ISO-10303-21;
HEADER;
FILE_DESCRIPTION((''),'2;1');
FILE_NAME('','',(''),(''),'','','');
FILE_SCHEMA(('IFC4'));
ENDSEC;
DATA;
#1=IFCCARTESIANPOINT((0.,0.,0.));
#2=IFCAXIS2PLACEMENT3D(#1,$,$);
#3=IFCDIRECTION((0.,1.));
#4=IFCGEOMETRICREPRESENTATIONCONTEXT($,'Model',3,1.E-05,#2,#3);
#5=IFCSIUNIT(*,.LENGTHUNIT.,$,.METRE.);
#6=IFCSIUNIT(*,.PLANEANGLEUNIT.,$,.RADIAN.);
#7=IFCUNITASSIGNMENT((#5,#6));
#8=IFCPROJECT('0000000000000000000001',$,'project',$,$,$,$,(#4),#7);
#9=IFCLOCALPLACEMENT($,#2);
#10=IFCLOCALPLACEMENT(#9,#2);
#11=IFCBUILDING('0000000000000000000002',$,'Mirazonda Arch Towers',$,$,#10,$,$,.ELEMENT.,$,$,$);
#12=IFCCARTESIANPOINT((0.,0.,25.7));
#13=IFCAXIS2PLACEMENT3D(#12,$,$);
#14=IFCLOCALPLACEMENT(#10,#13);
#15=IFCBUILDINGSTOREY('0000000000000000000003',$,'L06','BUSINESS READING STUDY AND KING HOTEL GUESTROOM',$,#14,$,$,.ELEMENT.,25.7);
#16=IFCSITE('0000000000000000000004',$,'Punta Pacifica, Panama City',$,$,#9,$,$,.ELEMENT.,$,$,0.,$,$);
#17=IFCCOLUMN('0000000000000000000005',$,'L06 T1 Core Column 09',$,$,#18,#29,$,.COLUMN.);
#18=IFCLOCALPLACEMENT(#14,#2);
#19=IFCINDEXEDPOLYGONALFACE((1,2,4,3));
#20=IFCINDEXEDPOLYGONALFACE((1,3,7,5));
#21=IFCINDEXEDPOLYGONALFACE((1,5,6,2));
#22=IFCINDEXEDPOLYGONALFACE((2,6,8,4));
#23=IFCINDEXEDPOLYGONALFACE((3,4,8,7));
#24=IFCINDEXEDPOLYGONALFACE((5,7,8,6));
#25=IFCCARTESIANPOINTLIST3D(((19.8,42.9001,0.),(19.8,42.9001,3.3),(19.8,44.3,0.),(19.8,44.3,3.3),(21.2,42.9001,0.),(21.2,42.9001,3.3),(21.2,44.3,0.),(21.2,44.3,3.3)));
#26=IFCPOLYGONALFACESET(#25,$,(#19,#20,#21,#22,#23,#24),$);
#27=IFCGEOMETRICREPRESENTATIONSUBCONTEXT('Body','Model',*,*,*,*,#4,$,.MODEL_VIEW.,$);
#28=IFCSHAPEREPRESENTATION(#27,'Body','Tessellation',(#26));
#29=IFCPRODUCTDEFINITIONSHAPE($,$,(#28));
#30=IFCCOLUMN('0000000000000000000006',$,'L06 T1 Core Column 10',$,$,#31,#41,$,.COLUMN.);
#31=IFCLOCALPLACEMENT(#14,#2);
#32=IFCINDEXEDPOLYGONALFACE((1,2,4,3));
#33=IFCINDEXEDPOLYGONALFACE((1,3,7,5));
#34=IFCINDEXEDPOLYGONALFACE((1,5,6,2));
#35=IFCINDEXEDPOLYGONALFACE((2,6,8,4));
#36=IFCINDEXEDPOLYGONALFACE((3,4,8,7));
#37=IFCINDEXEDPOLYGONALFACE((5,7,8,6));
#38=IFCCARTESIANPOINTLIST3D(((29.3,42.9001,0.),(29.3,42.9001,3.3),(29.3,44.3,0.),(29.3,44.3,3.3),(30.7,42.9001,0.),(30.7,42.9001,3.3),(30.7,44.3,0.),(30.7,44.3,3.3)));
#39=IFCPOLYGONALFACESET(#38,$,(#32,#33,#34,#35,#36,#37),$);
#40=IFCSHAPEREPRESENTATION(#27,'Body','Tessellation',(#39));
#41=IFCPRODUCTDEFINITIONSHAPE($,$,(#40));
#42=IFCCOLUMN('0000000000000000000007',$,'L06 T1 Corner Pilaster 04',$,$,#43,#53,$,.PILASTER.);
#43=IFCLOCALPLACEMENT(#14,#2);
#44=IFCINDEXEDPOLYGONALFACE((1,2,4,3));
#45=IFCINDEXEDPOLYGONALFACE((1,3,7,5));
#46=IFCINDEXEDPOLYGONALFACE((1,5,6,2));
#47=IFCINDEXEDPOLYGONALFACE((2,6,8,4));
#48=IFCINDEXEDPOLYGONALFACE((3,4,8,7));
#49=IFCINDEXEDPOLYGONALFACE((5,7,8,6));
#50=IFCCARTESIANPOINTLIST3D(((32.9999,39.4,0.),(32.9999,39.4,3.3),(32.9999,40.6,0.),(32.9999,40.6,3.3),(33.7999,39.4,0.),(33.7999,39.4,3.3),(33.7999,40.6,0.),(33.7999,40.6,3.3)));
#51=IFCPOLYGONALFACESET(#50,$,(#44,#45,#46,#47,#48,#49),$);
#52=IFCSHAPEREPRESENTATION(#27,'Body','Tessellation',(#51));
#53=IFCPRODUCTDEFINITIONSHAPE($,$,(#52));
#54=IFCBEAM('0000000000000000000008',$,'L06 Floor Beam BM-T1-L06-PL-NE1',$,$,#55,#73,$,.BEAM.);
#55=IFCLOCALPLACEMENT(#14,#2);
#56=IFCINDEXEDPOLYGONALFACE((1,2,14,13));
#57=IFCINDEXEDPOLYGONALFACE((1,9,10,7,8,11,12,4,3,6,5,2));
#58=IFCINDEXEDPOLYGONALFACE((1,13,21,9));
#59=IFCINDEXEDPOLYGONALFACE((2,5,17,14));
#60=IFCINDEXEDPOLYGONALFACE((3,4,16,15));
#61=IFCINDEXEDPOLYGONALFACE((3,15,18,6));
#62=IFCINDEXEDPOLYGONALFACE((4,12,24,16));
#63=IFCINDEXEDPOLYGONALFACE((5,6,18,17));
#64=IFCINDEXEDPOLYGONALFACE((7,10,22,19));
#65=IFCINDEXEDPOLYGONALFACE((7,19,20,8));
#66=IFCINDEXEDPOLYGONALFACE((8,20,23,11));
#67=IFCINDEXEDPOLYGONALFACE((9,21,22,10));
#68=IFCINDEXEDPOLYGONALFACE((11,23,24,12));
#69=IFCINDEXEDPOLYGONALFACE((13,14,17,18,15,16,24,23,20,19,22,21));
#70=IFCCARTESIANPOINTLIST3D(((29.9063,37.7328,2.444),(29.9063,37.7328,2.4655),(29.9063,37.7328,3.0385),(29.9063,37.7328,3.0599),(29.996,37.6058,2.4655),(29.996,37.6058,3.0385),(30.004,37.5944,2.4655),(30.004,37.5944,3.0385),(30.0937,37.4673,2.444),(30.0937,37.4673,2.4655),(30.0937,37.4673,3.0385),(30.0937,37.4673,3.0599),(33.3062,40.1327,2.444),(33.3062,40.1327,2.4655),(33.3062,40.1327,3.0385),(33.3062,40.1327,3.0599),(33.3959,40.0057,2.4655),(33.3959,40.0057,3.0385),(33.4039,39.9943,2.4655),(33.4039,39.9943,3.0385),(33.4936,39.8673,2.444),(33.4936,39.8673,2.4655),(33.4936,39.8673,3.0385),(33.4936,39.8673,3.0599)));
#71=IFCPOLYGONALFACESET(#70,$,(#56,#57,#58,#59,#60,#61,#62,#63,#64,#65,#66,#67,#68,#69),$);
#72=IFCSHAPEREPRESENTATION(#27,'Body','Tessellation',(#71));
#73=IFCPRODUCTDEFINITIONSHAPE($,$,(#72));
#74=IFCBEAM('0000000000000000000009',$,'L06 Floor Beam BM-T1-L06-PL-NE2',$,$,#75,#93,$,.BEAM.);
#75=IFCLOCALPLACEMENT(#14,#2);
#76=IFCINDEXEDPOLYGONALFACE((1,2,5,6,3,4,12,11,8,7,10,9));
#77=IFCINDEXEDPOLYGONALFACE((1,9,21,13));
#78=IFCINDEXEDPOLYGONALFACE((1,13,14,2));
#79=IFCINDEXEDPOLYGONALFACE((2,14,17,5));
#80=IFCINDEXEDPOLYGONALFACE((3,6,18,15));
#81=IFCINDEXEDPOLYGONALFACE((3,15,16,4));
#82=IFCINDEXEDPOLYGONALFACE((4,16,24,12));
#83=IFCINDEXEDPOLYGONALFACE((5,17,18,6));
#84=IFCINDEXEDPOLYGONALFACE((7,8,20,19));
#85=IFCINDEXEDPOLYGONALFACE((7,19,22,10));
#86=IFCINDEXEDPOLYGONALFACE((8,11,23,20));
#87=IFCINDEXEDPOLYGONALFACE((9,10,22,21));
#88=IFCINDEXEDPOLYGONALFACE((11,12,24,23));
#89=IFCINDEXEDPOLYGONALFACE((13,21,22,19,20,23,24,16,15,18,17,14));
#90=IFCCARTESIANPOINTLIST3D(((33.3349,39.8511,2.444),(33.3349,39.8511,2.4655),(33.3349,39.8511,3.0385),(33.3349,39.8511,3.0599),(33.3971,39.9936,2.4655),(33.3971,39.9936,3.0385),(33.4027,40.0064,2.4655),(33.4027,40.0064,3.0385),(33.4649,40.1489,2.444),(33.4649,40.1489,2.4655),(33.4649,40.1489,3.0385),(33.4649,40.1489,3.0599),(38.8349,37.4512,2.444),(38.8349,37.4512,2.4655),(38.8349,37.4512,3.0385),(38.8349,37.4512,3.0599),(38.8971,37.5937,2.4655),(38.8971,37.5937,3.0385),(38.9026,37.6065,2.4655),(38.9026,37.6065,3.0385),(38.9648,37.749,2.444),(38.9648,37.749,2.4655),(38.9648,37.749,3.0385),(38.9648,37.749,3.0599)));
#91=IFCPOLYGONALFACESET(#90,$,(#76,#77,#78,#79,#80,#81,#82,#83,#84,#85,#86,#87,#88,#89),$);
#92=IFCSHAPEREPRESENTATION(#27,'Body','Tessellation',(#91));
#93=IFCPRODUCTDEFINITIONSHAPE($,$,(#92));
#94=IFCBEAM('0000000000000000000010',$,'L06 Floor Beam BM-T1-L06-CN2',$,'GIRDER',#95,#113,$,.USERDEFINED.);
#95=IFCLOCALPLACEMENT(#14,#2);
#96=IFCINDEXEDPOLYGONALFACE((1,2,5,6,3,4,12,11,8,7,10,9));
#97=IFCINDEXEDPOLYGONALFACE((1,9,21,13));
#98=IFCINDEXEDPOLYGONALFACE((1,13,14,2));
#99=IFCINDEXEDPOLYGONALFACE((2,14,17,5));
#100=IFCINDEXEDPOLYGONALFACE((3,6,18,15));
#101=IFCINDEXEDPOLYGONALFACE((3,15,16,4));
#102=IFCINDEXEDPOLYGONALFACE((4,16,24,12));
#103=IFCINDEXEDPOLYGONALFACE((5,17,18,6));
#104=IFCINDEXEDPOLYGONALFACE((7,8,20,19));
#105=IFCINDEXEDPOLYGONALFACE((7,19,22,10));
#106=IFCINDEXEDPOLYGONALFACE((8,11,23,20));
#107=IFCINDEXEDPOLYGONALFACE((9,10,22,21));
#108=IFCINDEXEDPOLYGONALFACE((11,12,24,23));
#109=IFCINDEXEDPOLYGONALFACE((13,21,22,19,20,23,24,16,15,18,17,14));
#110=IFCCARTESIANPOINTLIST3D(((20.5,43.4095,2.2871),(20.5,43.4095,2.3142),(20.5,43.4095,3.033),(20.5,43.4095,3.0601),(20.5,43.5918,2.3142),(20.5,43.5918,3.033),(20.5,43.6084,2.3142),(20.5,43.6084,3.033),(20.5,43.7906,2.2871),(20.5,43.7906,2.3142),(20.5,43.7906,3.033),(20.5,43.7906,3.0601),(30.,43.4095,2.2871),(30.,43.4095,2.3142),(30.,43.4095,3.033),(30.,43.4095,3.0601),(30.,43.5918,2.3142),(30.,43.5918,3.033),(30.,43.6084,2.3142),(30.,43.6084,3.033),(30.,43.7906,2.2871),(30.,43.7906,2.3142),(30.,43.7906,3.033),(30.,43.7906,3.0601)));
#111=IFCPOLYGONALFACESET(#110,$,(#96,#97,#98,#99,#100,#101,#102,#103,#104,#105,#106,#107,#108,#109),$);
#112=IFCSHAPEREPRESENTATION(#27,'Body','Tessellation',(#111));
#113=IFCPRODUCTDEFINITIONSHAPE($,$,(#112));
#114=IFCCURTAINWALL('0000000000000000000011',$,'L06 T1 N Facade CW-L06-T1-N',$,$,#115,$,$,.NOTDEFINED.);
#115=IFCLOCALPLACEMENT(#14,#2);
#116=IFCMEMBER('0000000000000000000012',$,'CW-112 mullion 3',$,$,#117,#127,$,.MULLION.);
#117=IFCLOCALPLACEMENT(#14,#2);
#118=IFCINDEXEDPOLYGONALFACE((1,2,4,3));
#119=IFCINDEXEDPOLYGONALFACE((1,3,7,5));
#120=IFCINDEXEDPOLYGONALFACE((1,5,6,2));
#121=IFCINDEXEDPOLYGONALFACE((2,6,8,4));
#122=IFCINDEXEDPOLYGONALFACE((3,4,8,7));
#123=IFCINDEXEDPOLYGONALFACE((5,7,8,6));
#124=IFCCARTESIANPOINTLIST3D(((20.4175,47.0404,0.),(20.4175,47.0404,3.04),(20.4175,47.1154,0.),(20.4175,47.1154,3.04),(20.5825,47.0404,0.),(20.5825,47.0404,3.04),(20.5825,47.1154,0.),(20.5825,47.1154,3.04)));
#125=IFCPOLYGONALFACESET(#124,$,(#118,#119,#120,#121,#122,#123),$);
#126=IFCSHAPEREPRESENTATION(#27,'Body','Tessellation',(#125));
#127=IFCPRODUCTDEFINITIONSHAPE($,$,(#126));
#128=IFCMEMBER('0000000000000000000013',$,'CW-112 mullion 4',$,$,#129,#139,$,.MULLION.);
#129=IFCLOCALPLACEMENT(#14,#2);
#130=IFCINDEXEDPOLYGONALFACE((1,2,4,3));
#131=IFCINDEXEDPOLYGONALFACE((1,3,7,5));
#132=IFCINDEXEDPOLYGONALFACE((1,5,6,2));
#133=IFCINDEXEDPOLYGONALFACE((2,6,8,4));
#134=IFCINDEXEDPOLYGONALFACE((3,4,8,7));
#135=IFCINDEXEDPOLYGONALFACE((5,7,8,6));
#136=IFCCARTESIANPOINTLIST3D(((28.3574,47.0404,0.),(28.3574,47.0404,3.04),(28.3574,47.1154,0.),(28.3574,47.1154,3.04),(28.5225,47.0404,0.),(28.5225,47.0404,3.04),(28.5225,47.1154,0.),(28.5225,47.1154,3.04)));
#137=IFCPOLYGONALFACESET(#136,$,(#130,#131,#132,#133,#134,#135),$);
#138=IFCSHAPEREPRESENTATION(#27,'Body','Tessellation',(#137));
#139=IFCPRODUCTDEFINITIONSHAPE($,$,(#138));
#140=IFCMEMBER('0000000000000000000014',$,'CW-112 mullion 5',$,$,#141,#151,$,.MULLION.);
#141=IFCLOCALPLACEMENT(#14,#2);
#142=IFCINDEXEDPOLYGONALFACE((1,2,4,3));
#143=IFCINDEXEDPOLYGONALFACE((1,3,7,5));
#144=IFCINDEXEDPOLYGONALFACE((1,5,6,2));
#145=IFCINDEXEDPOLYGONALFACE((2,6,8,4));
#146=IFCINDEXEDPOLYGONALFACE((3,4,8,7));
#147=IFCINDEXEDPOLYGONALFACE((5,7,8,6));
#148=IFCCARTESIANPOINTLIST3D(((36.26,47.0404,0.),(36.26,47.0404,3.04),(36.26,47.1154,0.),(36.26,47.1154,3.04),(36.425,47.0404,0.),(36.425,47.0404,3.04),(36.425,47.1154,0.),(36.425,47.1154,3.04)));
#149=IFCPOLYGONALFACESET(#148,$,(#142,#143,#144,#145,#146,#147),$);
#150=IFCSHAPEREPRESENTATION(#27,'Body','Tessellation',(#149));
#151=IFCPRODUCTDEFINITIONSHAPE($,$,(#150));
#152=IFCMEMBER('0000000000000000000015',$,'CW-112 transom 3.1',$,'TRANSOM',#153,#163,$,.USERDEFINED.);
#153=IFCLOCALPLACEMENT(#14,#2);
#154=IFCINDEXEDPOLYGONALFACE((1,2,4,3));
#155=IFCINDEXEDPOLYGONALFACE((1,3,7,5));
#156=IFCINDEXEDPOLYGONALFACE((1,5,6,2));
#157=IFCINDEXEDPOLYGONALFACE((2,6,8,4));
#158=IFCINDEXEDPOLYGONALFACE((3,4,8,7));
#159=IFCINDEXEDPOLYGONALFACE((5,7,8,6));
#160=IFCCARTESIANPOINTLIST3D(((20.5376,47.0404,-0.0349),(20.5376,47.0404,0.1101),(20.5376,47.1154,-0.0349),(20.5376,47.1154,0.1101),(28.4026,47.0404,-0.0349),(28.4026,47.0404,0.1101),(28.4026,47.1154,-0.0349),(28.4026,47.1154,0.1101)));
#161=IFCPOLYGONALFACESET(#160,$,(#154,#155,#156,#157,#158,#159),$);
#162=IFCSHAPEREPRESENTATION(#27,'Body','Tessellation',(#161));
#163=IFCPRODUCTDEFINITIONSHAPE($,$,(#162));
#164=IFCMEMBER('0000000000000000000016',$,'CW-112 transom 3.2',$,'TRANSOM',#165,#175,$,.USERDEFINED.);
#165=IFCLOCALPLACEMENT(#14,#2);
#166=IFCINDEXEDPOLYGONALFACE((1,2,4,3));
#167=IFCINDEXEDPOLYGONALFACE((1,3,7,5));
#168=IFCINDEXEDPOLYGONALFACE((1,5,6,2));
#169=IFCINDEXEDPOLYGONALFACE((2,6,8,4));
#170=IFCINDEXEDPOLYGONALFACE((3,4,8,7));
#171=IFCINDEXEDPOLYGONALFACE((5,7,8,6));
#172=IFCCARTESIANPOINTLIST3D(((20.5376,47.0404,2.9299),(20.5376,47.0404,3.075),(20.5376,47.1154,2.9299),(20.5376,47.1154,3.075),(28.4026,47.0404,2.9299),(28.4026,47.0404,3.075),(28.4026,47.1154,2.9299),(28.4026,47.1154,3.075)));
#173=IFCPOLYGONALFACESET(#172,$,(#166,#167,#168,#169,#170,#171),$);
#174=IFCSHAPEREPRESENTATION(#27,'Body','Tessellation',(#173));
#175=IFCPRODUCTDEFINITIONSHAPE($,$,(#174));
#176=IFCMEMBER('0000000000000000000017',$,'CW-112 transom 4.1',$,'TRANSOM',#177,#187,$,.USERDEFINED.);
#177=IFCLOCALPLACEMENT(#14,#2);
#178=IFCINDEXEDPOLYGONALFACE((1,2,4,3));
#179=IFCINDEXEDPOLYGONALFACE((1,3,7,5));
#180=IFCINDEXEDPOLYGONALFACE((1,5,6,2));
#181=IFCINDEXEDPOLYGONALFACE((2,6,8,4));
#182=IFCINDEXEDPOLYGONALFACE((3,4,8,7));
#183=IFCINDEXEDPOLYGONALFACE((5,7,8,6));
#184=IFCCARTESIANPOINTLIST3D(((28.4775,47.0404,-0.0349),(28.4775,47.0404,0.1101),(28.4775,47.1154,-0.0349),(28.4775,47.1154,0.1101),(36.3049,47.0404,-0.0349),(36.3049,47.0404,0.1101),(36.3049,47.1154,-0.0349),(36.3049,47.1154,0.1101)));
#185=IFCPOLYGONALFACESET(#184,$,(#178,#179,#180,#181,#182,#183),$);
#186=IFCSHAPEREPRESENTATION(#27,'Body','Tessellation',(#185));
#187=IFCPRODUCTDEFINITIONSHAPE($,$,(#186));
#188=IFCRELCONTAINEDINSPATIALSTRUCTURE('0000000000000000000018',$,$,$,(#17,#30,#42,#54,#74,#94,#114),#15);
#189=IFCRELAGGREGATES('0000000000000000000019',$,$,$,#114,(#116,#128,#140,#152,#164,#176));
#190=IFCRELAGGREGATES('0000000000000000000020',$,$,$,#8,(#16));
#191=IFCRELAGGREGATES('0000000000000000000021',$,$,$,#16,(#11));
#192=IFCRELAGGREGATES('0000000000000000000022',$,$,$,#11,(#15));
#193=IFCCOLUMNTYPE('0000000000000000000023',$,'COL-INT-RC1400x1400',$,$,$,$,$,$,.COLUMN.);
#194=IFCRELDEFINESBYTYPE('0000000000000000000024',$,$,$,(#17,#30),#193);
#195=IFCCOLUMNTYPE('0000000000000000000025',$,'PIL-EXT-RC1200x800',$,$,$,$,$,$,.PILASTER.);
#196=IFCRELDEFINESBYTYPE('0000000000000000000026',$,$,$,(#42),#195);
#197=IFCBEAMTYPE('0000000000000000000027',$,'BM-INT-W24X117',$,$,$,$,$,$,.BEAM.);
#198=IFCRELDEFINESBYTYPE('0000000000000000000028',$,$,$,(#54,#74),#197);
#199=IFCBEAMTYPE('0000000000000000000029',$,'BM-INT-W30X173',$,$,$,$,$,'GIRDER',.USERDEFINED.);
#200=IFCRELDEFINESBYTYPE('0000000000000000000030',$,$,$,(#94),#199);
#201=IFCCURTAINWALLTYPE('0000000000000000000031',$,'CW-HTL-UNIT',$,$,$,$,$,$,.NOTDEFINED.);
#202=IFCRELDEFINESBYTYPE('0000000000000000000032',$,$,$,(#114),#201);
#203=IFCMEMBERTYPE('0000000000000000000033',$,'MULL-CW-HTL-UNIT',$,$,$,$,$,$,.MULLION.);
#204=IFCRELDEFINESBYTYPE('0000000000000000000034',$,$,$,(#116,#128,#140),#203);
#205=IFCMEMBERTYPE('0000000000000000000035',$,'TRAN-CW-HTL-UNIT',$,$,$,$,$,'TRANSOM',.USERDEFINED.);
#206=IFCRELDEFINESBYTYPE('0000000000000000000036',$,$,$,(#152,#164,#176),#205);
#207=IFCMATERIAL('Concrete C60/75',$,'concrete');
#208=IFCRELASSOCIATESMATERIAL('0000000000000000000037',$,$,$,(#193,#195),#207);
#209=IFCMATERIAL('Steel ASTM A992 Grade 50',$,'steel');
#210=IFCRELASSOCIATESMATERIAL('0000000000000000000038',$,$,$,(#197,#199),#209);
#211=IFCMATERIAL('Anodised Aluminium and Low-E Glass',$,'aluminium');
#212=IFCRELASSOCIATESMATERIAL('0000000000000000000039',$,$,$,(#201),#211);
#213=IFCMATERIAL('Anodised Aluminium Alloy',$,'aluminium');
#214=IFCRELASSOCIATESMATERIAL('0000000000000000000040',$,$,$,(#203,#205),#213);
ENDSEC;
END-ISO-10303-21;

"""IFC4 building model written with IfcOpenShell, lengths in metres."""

from ifc_helpers import new_model, si_unit, direction, frame, origin, origin_2d, place, context, subcontext, project, spatial, rectangle, i_section, extrude, material, material_profile, profile_set, type_object, element, aggregate, save


model = new_model("IFC4")

# Units and contexts
model_context = context("Model", 3, precision=1e-05, world=origin(), true_north=direction((0.0, 1.0)))
body_context = subcontext(model_context, "Body", "Model", "MODEL_VIEW")
ifc_project = project(units=[si_unit("LENGTHUNIT", "METRE"), si_unit("PLANEANGLEUNIT", "RADIAN")], contexts=[model_context])

# Site, building, storey
site_placement = place(None, origin())
site = spatial("IfcSite", under=ifc_project, at=site_placement, Name="Punta Pacifica, Panama City", CompositionType="ELEMENT", RefElevation=0.0)
building_placement = place(site_placement, origin())
building = spatial("IfcBuilding", under=site, at=building_placement, Name="Mirazonda Arch Towers", CompositionType="ELEMENT")
storey_placement = place(building_placement, frame((0.0, 0.0, 25.7)))
storey = spatial("IfcBuildingStorey", under=building, at=storey_placement, Name="L06", Description="BUSINESS READING STUDY AND KING HOTEL GUESTROOM", CompositionType="ELEMENT", Elevation=25.7)

# Columns
ifc_material_1 = material(Name="Concrete C60/75", Category="concrete")
ifc_material_profile_1 = material_profile(ifc_material_1, rectangle(XDim=1.3999, YDim=1.3999, at=origin_2d()), Name="RC1400x1400")
ifc_profile_set_1 = profile_set([ifc_material_profile_1], Name="Concrete C60/75")
column_type_1 = type_object("IfcColumnType", Name="COL-INT-RC1400x1400", PredefinedType="COLUMN", material=ifc_profile_set_1)
for number, where, z_axis, x_axis, name in (
    (1, (20.5, 43.6001, 0.0), (0.0, 0.0, 1.0), (1.0, 0.0, 0.0), "L06 T1 Core Column 09"),
    (2, (30.0, 43.6001, 0.0), (0.0, 0.0, 1.0), (1.0, 0.0, 0.0), "L06 T1 Core Column 10"),
):
    element("IfcColumn", number, at=place(storey_placement, frame(where, z_axis=z_axis, x_axis=x_axis)), inside=storey, type_object=column_type_1, Name=name, PredefinedType="COLUMN", context=body_context, shape_type="SweptSolid", body=[
        extrude(rectangle(XDim=1.3999, YDim=1.3999, at=origin_2d()), origin(), (0.0, 0.0, 1.0), 3.3),
    ])
ifc_material_profile_2 = material_profile(ifc_material_1, rectangle(XDim=0.8, YDim=1.2, at=origin_2d()), Name="RC1200x800")
ifc_profile_set_2 = profile_set([ifc_material_profile_2], Name="Concrete C60/75")
column_type_2 = type_object("IfcColumnType", Name="PIL-EXT-RC1200x800", PredefinedType="PILASTER", material=ifc_profile_set_2)
column_placement = place(storey_placement, frame((33.3999, 40.0, 0.0), z_axis=(0.0, 0.0, 1.0), x_axis=(1.0, 0.0, 0.0)))
element("IfcColumn", 3, at=column_placement, inside=storey, type_object=column_type_2, Name="L06 T1 Corner Pilaster 04", PredefinedType="PILASTER", context=body_context, shape_type="SweptSolid", body=[
    extrude(rectangle(XDim=0.8, YDim=1.2, at=origin_2d()), origin(), (0.0, 0.0, 1.0), 3.3),
])

# Beams
ifc_material_2 = material(Name="Steel ASTM A992 Grade 50", Category="steel")
ifc_material_profile_3 = material_profile(ifc_material_2, i_section(OverallWidth=0.325, OverallDepth=0.616, WebThickness=0.0139, FlangeThickness=0.0215, at=origin_2d()), Name="W24X117")
ifc_profile_set_3 = profile_set([ifc_material_profile_3], Name="Steel ASTM A992 Grade 50")
beam_type_1 = type_object("IfcBeamType", Name="BM-INT-W24X117", PredefinedType="BEAM", material=ifc_profile_set_3)
beam_1_placement = place(storey_placement, frame((33.3999, 40.0, 2.752), z_axis=(-0.816971, -0.576679, 0.0), x_axis=(0.576679, -0.816971, 0.0)))
element("IfcBeam", 4, at=beam_1_placement, inside=storey, type_object=beam_type_1, Name="L06 Floor Beam BM-T1-L06-PL-NE1", PredefinedType="BEAM", context=body_context, shape_type="SweptSolid", body=[
    extrude(i_section(OverallWidth=0.325, OverallDepth=0.616, WebThickness=0.0139, FlangeThickness=0.0215, at=origin_2d()), origin(), (0.0, 0.0, 1.0), 4.1616),
])
beam_2_placement = place(storey_placement, frame((33.3999, 40.0, 2.752), z_axis=(0.916545, -0.399931, 0.0), x_axis=(0.399931, 0.916545, 0.0)))
element("IfcBeam", 5, at=beam_2_placement, inside=storey, type_object=beam_type_1, Name="L06 Floor Beam BM-T1-L06-PL-NE2", PredefinedType="BEAM", context=body_context, shape_type="SweptSolid", body=[
    extrude(i_section(OverallWidth=0.325, OverallDepth=0.616, WebThickness=0.0139, FlangeThickness=0.0215, at=origin_2d()), origin(), (0.0, 0.0, 1.0), 6.0007),
])
ifc_material_profile_4 = material_profile(ifc_material_2, i_section(OverallWidth=0.3811, OverallDepth=0.7729, WebThickness=0.0166, FlangeThickness=0.0271, at=origin_2d()), Name="W30X173")
ifc_profile_set_4 = profile_set([ifc_material_profile_4], Name="Steel ASTM A992 Grade 50")
beam_type_2 = type_object("IfcBeamType", Name="BM-INT-W30X173", ElementType="GIRDER", PredefinedType="USERDEFINED", material=ifc_profile_set_4)
beam_3_placement = place(storey_placement, frame((20.5, 43.6001, 2.6736), z_axis=(1.0, 0.0, 0.0), x_axis=(0.0, 1.0, 0.0)))
element("IfcBeam", 6, at=beam_3_placement, inside=storey, type_object=beam_type_2, Name="L06 Floor Beam BM-T1-L06-CN2", ObjectType="GIRDER", PredefinedType="USERDEFINED", context=body_context, shape_type="SweptSolid", body=[
    extrude(i_section(OverallWidth=0.3811, OverallDepth=0.7729, WebThickness=0.0166, FlangeThickness=0.0271, at=origin_2d()), origin(), (0.0, 0.0, 1.0), 9.5),
])

# Curtain wall, members
ifc_material_3 = material(Name="Anodised Aluminium and Low-E Glass", Category="aluminium")
curtain_wall_type = type_object("IfcCurtainWallType", Name="CW-HTL-UNIT", PredefinedType="NOTDEFINED", material=ifc_material_3)
curtain_wall_placement = place(storey_placement, origin())
curtain_wall = element("IfcCurtainWall", 7, at=curtain_wall_placement, inside=storey, type_object=curtain_wall_type, Name="L06 T1 N Facade CW-L06-T1-N", PredefinedType="NOTDEFINED")
ifc_material_4 = material(Name="Anodised Aluminium Alloy", Category="aluminium")
ifc_material_profile_5 = material_profile(ifc_material_4, rectangle(XDim=0.075, YDim=0.165, at=origin_2d()), Name="ALU-MULL-75x165")
ifc_profile_set_5 = profile_set([ifc_material_profile_5], Name="Anodised Aluminium Alloy")
member_type_1 = type_object("IfcMemberType", Name="MULL-CW-HTL-UNIT", PredefinedType="MULLION", material=ifc_profile_set_5)
member_1_placement = place(storey_placement, frame((20.5, 47.0779, 0.0), z_axis=(0.0, 0.0, 1.0), x_axis=(0.0, 1.0, 0.0)))
member_1 = element("IfcMember", 8, at=member_1_placement, type_object=member_type_1, Name="CW-112 mullion 3", PredefinedType="MULLION", context=body_context, shape_type="SweptSolid", body=[
    extrude(rectangle(XDim=0.075, YDim=0.165, at=origin_2d()), origin(), (0.0, 0.0, 1.0), 3.04),
])
member_2_placement = place(storey_placement, frame((28.4399, 47.0779, 0.0), z_axis=(0.0, 0.0, 1.0), x_axis=(0.0, 1.0, 0.0)))
member_2 = element("IfcMember", 9, at=member_2_placement, type_object=member_type_1, Name="CW-112 mullion 4", PredefinedType="MULLION", context=body_context, shape_type="SweptSolid", body=[
    extrude(rectangle(XDim=0.075, YDim=0.165, at=origin_2d()), origin(), (0.0, 0.0, 1.0), 3.04),
])
member_3_placement = place(storey_placement, frame((36.3425, 47.0779, 0.0), z_axis=(0.0, 0.0, 1.0), x_axis=(0.0, 1.0, 0.0)))
member_3 = element("IfcMember", 10, at=member_3_placement, type_object=member_type_1, Name="CW-112 mullion 5", PredefinedType="MULLION", context=body_context, shape_type="SweptSolid", body=[
    extrude(rectangle(XDim=0.075, YDim=0.165, at=origin_2d()), origin(), (0.0, 0.0, 1.0), 3.04),
])
ifc_material_profile_6 = material_profile(ifc_material_4, rectangle(XDim=0.075, YDim=0.145, at=origin_2d()), Name="ALU-TRAN-75x145")
ifc_profile_set_6 = profile_set([ifc_material_profile_6], Name="Anodised Aluminium Alloy")
member_type_2 = type_object("IfcMemberType", Name="TRAN-CW-HTL-UNIT", ElementType="TRANSOM", PredefinedType="USERDEFINED", material=ifc_profile_set_6)
member_4_placement = place(storey_placement, frame((20.5376, 47.0779, 0.0376), z_axis=(1.0, 0.0, 0.0), x_axis=(0.0, 1.0, 0.0)))
member_4 = element("IfcMember", 11, at=member_4_placement, type_object=member_type_2, Name="CW-112 transom 3.1", ObjectType="TRANSOM", PredefinedType="USERDEFINED", context=body_context, shape_type="SweptSolid", body=[
    extrude(rectangle(XDim=0.075, YDim=0.145, at=origin_2d()), origin(), (0.0, 0.0, 1.0), 7.865),
])
member_5_placement = place(storey_placement, frame((20.5376, 47.0779, 3.0024), z_axis=(1.0, 0.0, 0.0), x_axis=(0.0, 1.0, 0.0)))
member_5 = element("IfcMember", 12, at=member_5_placement, type_object=member_type_2, Name="CW-112 transom 3.2", ObjectType="TRANSOM", PredefinedType="USERDEFINED", context=body_context, shape_type="SweptSolid", body=[
    extrude(rectangle(XDim=0.075, YDim=0.145, at=origin_2d()), origin(), (0.0, 0.0, 1.0), 7.865),
])
member_6_placement = place(storey_placement, frame((28.4775, 47.0779, 0.0376), z_axis=(1.0, 0.0, 0.0), x_axis=(0.0, 1.0, 0.0)))
member_6 = element("IfcMember", 13, at=member_6_placement, type_object=member_type_2, Name="CW-112 transom 4.1", ObjectType="TRANSOM", PredefinedType="USERDEFINED", context=body_context, shape_type="SweptSolid", body=[
    extrude(rectangle(XDim=0.075, YDim=0.145, at=origin_2d()), origin(), (0.0, 0.0, 1.0), 7.8274),
])
aggregate(curtain_wall, [member_1, member_2, member_3, member_4, member_5, member_6])

save(model, "model.ifc")
